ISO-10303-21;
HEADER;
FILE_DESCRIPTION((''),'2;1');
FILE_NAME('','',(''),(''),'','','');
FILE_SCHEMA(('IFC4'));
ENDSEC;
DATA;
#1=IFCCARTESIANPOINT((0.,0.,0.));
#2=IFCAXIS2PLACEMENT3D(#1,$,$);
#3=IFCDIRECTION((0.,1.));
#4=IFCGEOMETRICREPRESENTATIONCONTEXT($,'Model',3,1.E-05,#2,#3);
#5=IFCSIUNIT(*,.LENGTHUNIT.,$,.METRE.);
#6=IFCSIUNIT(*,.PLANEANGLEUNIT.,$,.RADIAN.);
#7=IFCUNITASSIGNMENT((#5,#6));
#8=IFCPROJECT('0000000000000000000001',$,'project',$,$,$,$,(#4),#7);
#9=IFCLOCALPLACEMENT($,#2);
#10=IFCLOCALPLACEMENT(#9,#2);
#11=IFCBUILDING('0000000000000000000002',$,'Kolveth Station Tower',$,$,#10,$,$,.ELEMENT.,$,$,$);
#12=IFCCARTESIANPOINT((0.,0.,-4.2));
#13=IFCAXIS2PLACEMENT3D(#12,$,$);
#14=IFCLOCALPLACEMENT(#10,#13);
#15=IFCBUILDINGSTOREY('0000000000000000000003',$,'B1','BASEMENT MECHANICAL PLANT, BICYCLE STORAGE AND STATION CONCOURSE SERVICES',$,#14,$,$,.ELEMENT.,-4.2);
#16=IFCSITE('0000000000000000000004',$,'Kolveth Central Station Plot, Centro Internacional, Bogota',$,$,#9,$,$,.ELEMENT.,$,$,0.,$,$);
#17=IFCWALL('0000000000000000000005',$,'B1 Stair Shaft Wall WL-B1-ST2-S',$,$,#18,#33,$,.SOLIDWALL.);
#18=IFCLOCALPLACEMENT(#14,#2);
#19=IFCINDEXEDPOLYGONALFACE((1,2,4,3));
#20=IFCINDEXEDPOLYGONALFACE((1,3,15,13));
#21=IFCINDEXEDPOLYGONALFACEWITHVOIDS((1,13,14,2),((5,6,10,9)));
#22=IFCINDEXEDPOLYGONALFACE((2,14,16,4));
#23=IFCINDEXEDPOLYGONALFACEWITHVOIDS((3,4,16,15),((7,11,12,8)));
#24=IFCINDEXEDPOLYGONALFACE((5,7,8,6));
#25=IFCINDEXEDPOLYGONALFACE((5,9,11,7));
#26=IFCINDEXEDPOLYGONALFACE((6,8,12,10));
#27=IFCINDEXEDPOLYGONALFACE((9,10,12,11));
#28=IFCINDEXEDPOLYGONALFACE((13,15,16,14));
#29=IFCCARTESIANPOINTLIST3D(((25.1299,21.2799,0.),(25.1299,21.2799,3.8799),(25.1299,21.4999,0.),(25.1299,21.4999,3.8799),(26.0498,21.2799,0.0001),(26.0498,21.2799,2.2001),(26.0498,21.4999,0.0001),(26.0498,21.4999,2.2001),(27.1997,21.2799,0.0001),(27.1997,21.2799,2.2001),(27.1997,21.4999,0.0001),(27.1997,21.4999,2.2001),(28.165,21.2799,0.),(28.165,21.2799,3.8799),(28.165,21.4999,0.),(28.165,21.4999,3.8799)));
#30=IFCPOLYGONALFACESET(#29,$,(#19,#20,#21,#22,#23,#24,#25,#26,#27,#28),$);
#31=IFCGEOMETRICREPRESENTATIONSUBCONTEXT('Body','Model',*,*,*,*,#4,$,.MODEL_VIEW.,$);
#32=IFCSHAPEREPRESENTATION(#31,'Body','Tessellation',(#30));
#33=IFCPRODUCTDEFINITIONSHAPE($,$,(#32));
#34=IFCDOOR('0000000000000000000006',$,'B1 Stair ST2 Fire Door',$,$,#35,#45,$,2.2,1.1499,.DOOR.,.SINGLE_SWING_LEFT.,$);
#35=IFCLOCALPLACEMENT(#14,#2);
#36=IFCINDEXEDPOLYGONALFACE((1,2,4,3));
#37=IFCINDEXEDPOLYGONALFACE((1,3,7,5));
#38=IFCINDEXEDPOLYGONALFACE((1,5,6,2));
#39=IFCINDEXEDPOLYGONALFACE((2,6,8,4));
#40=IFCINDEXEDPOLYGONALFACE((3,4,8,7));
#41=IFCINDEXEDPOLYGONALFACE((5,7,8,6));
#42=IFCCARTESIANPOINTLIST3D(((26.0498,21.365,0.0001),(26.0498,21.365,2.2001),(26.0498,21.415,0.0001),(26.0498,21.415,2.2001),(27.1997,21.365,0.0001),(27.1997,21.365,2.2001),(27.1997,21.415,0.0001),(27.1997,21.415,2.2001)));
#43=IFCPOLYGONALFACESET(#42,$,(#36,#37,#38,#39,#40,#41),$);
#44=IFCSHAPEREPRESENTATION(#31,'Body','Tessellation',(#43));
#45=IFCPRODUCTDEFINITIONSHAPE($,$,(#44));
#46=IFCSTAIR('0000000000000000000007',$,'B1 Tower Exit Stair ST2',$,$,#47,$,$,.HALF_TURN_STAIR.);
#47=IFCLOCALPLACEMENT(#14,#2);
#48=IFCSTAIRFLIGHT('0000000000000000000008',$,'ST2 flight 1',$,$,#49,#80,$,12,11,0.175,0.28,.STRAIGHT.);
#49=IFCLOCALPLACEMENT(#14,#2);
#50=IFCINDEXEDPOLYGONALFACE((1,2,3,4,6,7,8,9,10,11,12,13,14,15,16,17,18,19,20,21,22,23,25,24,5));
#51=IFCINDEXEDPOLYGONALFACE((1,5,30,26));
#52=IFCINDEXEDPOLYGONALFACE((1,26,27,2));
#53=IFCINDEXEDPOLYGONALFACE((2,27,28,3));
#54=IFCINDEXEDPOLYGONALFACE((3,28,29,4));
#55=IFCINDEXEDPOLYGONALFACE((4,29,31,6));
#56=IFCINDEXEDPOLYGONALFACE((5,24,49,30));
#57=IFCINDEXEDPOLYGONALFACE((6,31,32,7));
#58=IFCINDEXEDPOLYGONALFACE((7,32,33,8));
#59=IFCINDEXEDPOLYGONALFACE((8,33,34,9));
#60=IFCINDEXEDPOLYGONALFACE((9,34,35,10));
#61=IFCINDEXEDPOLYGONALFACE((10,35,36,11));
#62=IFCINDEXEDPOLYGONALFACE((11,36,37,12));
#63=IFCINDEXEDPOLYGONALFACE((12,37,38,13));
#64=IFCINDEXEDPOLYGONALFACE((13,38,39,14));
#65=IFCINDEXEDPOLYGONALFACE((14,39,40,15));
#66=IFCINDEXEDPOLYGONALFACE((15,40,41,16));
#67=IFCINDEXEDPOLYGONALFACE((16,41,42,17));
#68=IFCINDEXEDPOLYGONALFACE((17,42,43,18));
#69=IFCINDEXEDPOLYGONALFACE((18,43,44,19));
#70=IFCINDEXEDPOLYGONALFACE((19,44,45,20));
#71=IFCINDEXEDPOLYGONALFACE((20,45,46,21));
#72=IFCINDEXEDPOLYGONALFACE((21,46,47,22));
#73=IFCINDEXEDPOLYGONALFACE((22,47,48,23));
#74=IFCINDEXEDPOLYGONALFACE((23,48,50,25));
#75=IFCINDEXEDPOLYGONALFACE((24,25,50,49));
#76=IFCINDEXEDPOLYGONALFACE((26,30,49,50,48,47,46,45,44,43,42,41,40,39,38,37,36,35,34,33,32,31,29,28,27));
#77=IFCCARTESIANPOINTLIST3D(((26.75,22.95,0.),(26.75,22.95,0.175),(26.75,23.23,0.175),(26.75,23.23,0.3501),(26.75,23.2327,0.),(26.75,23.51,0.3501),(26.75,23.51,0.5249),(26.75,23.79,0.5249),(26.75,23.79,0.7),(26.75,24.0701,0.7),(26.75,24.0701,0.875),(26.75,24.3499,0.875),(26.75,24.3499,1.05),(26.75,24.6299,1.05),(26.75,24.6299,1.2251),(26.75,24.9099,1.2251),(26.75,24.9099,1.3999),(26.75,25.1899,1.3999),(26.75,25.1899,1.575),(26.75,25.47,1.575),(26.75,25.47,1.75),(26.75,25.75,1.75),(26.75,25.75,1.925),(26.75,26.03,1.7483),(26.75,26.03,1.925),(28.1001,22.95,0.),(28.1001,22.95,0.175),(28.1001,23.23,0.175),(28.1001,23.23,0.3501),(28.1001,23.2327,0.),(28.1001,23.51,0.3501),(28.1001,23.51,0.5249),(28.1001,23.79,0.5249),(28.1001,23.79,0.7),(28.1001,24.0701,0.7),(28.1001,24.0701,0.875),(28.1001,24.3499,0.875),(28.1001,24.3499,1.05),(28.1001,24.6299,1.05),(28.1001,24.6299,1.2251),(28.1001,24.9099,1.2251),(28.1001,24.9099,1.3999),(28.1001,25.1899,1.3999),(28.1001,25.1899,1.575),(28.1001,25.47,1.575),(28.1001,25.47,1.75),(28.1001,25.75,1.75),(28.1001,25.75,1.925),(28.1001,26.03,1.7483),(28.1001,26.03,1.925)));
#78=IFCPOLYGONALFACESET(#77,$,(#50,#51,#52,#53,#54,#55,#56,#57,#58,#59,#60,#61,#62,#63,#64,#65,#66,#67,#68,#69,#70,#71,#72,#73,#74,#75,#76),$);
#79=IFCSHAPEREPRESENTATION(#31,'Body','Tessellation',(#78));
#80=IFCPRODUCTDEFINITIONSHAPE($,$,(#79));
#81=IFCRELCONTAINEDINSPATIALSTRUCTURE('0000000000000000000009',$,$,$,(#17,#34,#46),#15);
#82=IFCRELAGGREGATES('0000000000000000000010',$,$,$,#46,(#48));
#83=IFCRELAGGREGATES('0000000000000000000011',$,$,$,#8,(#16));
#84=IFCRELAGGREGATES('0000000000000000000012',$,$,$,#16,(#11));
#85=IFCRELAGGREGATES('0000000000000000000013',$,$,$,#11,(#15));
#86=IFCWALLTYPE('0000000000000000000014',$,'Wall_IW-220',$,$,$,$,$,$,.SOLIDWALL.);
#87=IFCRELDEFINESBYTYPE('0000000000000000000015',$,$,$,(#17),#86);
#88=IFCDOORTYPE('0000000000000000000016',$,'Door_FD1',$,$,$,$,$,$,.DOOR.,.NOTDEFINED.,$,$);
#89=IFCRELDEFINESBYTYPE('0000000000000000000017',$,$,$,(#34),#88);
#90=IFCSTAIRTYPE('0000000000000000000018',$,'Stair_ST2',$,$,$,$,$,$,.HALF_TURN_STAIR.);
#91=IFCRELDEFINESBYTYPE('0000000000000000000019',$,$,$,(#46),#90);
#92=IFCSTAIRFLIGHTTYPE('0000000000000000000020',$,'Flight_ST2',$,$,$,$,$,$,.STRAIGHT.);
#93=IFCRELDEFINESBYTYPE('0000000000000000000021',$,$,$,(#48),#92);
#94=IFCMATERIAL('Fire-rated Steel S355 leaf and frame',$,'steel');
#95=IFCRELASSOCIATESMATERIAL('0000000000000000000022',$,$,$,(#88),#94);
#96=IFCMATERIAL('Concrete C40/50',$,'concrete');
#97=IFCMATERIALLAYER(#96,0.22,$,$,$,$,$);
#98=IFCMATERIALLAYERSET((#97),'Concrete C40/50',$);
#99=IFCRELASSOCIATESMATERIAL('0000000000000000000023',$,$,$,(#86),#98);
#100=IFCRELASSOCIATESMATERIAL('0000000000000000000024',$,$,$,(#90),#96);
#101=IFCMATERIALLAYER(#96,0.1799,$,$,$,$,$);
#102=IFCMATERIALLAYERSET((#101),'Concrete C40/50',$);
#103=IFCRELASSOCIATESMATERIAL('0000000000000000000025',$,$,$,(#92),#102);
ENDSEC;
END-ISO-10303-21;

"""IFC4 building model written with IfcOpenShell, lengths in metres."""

from ifc_helpers import new_model, si_unit, direction, frame, frame_2d, origin, place, context, subcontext, project, spatial, polyline, rectangle, outline, extrude, material, layer, layer_set, type_object, element, fill, aggregate, save


model = new_model("IFC4")

# Units and contexts
model_context = context("Model", 3, precision=1e-05, world=origin(), true_north=direction((0.0, 1.0)))
body_context = subcontext(model_context, "Body", "Model", "MODEL_VIEW")
ifc_project = project(units=[si_unit("LENGTHUNIT", "METRE"), si_unit("PLANEANGLEUNIT", "RADIAN")], contexts=[model_context])

# Site, building, storey
site_placement = place(None, origin())
site = spatial("IfcSite", under=ifc_project, at=site_placement, Name="Kolveth Central Station Plot, Centro Internacional, Bogota", CompositionType="ELEMENT", RefElevation=0.0)
building_placement = place(site_placement, origin())
building = spatial("IfcBuilding", under=site, at=building_placement, Name="Kolveth Station Tower", CompositionType="ELEMENT")
storey_placement = place(building_placement, frame((0.0, 0.0, -4.2)))
storey = spatial("IfcBuildingStorey", under=building, at=storey_placement, Name="B1", Description="BASEMENT MECHANICAL PLANT, BICYCLE STORAGE AND STATION CONCOURSE SERVICES", CompositionType="ELEMENT", Elevation=-4.2)

# Shared definitions
ifc_material_1 = material(Name="Fire-rated Steel S355 leaf and frame", Category="steel")
door_type = type_object("IfcDoorType", Name="Door_FD1", OperationType="NOTDEFINED", PredefinedType="DOOR", material=ifc_material_1)

# Shared definitions
ifc_material_2 = material(Name="Concrete C40/50", Category="concrete")
ifc_layer_1 = layer(ifc_material_2, 0.22)
ifc_layer_set_1 = layer_set([ifc_layer_1], Name="Concrete C40/50")
wall_type_1 = type_object("IfcWallType", Name="Wall_IW-220", PredefinedType="SOLIDWALL", material=ifc_layer_set_1)

# Wall, opening, door
wall_1_placement = place(storey_placement, frame((25.1299, 21.3899, 0.0), z_axis=(0.0, 0.0, 1.0), x_axis=(1.0, 0.0, 0.0)))
wall_1 = element("IfcWall", 1, at=wall_1_placement, inside=storey, type_object=wall_type_1, Name="B1 Stair Shaft Wall WL-B1-ST2-S", PredefinedType="SOLIDWALL", context=body_context, shape_type="SweptSolid", body=[
    extrude(rectangle(XDim=3.0352, YDim=0.22, at=frame_2d((1.5176, 0.0))), origin(), (0.0, 0.0, 1.0), 3.8799),
])
opening_1_placement = place(wall_1_placement, frame((0.9199, 0.0, 0.0)))
opening_1 = element("IfcOpeningElement", 2, at=opening_1_placement, cuts=wall_1, PredefinedType="OPENING", context=body_context, shape_type="SweptSolid", body=[
    extrude(rectangle(XDim=1.1499, YDim=2.2, at=frame_2d((0.575, 1.1001))), frame((0.0, 0.1199, 0.0), z_axis=(0.0, -1.0, 0.0), x_axis=(1.0, 0.0, 0.0)), (0.0, 0.0, 1.0), 0.24),
])
door_1_placement = place(opening_1_placement, frame((1.1499, 0.0, 0.0), z_axis=(0.0, 0.0, 1.0), x_axis=(-1.0, 0.0, 0.0)))
door_1 = element("IfcDoor", 3, at=door_1_placement, inside=storey, type_object=door_type, Name="B1 Stair ST2 Fire Door", OperationType="SINGLE_SWING_LEFT", OverallHeight=2.2, OverallWidth=1.1499, PredefinedType="DOOR", context=body_context, shape_type="SweptSolid", body=[
    extrude(rectangle(XDim=1.1499, YDim=2.2, at=frame_2d((0.575, 1.1001))), frame((0.0, 0.0249, 0.0), z_axis=(0.0, -1.0, 0.0), x_axis=(1.0, 0.0, 0.0)), (0.0, 0.0, 1.0), 0.05),
])
fill(opening_1, door_1)

# Stair, stair flight
stair_type = type_object("IfcStairType", Name="Stair_ST2", PredefinedType="HALF_TURN_STAIR", material=ifc_material_2)
stair_placement = place(storey_placement, origin())
stair = element("IfcStair", 4, at=stair_placement, inside=storey, type_object=stair_type, Name="B1 Tower Exit Stair ST2", PredefinedType="HALF_TURN_STAIR")
ifc_layer_2 = layer(ifc_material_2, 0.1799)
ifc_layer_set_2 = layer_set([ifc_layer_2], Name="Concrete C40/50")
stair_flight_type = type_object("IfcStairFlightType", Name="Flight_ST2", PredefinedType="STRAIGHT", material=ifc_layer_set_2)
stair_flight_placement = place(storey_placement, frame((27.425, 22.95, 0.0), z_axis=(0.0, 0.0, 1.0), x_axis=(0.0, 1.0, 0.0)))
stair_flight = element("IfcStairFlight", 5, at=stair_flight_placement, type_object=stair_flight_type, Name="ST2 flight 1", NumberOfRisers=12, NumberOfTreads=11, PredefinedType="STRAIGHT", RiserHeight=0.175, TreadLength=0.28, context=body_context, shape_type="SweptSolid", body=[
    extrude(outline(polyline([(0.0, 0.0), (0.0, 0.175), (0.28, 0.175), (0.28, 0.3501), (0.5601, 0.3501), (0.5601, 0.5249), (0.8401, 0.5249), (0.8401, 0.7), (1.1201, 0.7), (1.1201, 0.875), (1.3999, 0.875), (1.3999, 1.05), (1.6799, 1.05), (1.6799, 1.2251), (1.96, 1.2251), (1.96, 1.3999), (2.24, 1.3999), (2.24, 1.575), (2.52, 1.575), (2.52, 1.75), (2.8, 1.75), (2.8, 1.925), (3.0801, 1.925), (3.0801, 2.1001), (3.0801, 1.7483), (0.2827, 0.0), (0.0, 0.0)])), frame((0.0, 0.675, 0.0), z_axis=(0.0, -1.0, 0.0), x_axis=(1.0, 0.0, 0.0)), (0.0, 0.0, 1.0), 1.3501),
])
aggregate(stair, [stair_flight])

save(model, "model.ifc")
